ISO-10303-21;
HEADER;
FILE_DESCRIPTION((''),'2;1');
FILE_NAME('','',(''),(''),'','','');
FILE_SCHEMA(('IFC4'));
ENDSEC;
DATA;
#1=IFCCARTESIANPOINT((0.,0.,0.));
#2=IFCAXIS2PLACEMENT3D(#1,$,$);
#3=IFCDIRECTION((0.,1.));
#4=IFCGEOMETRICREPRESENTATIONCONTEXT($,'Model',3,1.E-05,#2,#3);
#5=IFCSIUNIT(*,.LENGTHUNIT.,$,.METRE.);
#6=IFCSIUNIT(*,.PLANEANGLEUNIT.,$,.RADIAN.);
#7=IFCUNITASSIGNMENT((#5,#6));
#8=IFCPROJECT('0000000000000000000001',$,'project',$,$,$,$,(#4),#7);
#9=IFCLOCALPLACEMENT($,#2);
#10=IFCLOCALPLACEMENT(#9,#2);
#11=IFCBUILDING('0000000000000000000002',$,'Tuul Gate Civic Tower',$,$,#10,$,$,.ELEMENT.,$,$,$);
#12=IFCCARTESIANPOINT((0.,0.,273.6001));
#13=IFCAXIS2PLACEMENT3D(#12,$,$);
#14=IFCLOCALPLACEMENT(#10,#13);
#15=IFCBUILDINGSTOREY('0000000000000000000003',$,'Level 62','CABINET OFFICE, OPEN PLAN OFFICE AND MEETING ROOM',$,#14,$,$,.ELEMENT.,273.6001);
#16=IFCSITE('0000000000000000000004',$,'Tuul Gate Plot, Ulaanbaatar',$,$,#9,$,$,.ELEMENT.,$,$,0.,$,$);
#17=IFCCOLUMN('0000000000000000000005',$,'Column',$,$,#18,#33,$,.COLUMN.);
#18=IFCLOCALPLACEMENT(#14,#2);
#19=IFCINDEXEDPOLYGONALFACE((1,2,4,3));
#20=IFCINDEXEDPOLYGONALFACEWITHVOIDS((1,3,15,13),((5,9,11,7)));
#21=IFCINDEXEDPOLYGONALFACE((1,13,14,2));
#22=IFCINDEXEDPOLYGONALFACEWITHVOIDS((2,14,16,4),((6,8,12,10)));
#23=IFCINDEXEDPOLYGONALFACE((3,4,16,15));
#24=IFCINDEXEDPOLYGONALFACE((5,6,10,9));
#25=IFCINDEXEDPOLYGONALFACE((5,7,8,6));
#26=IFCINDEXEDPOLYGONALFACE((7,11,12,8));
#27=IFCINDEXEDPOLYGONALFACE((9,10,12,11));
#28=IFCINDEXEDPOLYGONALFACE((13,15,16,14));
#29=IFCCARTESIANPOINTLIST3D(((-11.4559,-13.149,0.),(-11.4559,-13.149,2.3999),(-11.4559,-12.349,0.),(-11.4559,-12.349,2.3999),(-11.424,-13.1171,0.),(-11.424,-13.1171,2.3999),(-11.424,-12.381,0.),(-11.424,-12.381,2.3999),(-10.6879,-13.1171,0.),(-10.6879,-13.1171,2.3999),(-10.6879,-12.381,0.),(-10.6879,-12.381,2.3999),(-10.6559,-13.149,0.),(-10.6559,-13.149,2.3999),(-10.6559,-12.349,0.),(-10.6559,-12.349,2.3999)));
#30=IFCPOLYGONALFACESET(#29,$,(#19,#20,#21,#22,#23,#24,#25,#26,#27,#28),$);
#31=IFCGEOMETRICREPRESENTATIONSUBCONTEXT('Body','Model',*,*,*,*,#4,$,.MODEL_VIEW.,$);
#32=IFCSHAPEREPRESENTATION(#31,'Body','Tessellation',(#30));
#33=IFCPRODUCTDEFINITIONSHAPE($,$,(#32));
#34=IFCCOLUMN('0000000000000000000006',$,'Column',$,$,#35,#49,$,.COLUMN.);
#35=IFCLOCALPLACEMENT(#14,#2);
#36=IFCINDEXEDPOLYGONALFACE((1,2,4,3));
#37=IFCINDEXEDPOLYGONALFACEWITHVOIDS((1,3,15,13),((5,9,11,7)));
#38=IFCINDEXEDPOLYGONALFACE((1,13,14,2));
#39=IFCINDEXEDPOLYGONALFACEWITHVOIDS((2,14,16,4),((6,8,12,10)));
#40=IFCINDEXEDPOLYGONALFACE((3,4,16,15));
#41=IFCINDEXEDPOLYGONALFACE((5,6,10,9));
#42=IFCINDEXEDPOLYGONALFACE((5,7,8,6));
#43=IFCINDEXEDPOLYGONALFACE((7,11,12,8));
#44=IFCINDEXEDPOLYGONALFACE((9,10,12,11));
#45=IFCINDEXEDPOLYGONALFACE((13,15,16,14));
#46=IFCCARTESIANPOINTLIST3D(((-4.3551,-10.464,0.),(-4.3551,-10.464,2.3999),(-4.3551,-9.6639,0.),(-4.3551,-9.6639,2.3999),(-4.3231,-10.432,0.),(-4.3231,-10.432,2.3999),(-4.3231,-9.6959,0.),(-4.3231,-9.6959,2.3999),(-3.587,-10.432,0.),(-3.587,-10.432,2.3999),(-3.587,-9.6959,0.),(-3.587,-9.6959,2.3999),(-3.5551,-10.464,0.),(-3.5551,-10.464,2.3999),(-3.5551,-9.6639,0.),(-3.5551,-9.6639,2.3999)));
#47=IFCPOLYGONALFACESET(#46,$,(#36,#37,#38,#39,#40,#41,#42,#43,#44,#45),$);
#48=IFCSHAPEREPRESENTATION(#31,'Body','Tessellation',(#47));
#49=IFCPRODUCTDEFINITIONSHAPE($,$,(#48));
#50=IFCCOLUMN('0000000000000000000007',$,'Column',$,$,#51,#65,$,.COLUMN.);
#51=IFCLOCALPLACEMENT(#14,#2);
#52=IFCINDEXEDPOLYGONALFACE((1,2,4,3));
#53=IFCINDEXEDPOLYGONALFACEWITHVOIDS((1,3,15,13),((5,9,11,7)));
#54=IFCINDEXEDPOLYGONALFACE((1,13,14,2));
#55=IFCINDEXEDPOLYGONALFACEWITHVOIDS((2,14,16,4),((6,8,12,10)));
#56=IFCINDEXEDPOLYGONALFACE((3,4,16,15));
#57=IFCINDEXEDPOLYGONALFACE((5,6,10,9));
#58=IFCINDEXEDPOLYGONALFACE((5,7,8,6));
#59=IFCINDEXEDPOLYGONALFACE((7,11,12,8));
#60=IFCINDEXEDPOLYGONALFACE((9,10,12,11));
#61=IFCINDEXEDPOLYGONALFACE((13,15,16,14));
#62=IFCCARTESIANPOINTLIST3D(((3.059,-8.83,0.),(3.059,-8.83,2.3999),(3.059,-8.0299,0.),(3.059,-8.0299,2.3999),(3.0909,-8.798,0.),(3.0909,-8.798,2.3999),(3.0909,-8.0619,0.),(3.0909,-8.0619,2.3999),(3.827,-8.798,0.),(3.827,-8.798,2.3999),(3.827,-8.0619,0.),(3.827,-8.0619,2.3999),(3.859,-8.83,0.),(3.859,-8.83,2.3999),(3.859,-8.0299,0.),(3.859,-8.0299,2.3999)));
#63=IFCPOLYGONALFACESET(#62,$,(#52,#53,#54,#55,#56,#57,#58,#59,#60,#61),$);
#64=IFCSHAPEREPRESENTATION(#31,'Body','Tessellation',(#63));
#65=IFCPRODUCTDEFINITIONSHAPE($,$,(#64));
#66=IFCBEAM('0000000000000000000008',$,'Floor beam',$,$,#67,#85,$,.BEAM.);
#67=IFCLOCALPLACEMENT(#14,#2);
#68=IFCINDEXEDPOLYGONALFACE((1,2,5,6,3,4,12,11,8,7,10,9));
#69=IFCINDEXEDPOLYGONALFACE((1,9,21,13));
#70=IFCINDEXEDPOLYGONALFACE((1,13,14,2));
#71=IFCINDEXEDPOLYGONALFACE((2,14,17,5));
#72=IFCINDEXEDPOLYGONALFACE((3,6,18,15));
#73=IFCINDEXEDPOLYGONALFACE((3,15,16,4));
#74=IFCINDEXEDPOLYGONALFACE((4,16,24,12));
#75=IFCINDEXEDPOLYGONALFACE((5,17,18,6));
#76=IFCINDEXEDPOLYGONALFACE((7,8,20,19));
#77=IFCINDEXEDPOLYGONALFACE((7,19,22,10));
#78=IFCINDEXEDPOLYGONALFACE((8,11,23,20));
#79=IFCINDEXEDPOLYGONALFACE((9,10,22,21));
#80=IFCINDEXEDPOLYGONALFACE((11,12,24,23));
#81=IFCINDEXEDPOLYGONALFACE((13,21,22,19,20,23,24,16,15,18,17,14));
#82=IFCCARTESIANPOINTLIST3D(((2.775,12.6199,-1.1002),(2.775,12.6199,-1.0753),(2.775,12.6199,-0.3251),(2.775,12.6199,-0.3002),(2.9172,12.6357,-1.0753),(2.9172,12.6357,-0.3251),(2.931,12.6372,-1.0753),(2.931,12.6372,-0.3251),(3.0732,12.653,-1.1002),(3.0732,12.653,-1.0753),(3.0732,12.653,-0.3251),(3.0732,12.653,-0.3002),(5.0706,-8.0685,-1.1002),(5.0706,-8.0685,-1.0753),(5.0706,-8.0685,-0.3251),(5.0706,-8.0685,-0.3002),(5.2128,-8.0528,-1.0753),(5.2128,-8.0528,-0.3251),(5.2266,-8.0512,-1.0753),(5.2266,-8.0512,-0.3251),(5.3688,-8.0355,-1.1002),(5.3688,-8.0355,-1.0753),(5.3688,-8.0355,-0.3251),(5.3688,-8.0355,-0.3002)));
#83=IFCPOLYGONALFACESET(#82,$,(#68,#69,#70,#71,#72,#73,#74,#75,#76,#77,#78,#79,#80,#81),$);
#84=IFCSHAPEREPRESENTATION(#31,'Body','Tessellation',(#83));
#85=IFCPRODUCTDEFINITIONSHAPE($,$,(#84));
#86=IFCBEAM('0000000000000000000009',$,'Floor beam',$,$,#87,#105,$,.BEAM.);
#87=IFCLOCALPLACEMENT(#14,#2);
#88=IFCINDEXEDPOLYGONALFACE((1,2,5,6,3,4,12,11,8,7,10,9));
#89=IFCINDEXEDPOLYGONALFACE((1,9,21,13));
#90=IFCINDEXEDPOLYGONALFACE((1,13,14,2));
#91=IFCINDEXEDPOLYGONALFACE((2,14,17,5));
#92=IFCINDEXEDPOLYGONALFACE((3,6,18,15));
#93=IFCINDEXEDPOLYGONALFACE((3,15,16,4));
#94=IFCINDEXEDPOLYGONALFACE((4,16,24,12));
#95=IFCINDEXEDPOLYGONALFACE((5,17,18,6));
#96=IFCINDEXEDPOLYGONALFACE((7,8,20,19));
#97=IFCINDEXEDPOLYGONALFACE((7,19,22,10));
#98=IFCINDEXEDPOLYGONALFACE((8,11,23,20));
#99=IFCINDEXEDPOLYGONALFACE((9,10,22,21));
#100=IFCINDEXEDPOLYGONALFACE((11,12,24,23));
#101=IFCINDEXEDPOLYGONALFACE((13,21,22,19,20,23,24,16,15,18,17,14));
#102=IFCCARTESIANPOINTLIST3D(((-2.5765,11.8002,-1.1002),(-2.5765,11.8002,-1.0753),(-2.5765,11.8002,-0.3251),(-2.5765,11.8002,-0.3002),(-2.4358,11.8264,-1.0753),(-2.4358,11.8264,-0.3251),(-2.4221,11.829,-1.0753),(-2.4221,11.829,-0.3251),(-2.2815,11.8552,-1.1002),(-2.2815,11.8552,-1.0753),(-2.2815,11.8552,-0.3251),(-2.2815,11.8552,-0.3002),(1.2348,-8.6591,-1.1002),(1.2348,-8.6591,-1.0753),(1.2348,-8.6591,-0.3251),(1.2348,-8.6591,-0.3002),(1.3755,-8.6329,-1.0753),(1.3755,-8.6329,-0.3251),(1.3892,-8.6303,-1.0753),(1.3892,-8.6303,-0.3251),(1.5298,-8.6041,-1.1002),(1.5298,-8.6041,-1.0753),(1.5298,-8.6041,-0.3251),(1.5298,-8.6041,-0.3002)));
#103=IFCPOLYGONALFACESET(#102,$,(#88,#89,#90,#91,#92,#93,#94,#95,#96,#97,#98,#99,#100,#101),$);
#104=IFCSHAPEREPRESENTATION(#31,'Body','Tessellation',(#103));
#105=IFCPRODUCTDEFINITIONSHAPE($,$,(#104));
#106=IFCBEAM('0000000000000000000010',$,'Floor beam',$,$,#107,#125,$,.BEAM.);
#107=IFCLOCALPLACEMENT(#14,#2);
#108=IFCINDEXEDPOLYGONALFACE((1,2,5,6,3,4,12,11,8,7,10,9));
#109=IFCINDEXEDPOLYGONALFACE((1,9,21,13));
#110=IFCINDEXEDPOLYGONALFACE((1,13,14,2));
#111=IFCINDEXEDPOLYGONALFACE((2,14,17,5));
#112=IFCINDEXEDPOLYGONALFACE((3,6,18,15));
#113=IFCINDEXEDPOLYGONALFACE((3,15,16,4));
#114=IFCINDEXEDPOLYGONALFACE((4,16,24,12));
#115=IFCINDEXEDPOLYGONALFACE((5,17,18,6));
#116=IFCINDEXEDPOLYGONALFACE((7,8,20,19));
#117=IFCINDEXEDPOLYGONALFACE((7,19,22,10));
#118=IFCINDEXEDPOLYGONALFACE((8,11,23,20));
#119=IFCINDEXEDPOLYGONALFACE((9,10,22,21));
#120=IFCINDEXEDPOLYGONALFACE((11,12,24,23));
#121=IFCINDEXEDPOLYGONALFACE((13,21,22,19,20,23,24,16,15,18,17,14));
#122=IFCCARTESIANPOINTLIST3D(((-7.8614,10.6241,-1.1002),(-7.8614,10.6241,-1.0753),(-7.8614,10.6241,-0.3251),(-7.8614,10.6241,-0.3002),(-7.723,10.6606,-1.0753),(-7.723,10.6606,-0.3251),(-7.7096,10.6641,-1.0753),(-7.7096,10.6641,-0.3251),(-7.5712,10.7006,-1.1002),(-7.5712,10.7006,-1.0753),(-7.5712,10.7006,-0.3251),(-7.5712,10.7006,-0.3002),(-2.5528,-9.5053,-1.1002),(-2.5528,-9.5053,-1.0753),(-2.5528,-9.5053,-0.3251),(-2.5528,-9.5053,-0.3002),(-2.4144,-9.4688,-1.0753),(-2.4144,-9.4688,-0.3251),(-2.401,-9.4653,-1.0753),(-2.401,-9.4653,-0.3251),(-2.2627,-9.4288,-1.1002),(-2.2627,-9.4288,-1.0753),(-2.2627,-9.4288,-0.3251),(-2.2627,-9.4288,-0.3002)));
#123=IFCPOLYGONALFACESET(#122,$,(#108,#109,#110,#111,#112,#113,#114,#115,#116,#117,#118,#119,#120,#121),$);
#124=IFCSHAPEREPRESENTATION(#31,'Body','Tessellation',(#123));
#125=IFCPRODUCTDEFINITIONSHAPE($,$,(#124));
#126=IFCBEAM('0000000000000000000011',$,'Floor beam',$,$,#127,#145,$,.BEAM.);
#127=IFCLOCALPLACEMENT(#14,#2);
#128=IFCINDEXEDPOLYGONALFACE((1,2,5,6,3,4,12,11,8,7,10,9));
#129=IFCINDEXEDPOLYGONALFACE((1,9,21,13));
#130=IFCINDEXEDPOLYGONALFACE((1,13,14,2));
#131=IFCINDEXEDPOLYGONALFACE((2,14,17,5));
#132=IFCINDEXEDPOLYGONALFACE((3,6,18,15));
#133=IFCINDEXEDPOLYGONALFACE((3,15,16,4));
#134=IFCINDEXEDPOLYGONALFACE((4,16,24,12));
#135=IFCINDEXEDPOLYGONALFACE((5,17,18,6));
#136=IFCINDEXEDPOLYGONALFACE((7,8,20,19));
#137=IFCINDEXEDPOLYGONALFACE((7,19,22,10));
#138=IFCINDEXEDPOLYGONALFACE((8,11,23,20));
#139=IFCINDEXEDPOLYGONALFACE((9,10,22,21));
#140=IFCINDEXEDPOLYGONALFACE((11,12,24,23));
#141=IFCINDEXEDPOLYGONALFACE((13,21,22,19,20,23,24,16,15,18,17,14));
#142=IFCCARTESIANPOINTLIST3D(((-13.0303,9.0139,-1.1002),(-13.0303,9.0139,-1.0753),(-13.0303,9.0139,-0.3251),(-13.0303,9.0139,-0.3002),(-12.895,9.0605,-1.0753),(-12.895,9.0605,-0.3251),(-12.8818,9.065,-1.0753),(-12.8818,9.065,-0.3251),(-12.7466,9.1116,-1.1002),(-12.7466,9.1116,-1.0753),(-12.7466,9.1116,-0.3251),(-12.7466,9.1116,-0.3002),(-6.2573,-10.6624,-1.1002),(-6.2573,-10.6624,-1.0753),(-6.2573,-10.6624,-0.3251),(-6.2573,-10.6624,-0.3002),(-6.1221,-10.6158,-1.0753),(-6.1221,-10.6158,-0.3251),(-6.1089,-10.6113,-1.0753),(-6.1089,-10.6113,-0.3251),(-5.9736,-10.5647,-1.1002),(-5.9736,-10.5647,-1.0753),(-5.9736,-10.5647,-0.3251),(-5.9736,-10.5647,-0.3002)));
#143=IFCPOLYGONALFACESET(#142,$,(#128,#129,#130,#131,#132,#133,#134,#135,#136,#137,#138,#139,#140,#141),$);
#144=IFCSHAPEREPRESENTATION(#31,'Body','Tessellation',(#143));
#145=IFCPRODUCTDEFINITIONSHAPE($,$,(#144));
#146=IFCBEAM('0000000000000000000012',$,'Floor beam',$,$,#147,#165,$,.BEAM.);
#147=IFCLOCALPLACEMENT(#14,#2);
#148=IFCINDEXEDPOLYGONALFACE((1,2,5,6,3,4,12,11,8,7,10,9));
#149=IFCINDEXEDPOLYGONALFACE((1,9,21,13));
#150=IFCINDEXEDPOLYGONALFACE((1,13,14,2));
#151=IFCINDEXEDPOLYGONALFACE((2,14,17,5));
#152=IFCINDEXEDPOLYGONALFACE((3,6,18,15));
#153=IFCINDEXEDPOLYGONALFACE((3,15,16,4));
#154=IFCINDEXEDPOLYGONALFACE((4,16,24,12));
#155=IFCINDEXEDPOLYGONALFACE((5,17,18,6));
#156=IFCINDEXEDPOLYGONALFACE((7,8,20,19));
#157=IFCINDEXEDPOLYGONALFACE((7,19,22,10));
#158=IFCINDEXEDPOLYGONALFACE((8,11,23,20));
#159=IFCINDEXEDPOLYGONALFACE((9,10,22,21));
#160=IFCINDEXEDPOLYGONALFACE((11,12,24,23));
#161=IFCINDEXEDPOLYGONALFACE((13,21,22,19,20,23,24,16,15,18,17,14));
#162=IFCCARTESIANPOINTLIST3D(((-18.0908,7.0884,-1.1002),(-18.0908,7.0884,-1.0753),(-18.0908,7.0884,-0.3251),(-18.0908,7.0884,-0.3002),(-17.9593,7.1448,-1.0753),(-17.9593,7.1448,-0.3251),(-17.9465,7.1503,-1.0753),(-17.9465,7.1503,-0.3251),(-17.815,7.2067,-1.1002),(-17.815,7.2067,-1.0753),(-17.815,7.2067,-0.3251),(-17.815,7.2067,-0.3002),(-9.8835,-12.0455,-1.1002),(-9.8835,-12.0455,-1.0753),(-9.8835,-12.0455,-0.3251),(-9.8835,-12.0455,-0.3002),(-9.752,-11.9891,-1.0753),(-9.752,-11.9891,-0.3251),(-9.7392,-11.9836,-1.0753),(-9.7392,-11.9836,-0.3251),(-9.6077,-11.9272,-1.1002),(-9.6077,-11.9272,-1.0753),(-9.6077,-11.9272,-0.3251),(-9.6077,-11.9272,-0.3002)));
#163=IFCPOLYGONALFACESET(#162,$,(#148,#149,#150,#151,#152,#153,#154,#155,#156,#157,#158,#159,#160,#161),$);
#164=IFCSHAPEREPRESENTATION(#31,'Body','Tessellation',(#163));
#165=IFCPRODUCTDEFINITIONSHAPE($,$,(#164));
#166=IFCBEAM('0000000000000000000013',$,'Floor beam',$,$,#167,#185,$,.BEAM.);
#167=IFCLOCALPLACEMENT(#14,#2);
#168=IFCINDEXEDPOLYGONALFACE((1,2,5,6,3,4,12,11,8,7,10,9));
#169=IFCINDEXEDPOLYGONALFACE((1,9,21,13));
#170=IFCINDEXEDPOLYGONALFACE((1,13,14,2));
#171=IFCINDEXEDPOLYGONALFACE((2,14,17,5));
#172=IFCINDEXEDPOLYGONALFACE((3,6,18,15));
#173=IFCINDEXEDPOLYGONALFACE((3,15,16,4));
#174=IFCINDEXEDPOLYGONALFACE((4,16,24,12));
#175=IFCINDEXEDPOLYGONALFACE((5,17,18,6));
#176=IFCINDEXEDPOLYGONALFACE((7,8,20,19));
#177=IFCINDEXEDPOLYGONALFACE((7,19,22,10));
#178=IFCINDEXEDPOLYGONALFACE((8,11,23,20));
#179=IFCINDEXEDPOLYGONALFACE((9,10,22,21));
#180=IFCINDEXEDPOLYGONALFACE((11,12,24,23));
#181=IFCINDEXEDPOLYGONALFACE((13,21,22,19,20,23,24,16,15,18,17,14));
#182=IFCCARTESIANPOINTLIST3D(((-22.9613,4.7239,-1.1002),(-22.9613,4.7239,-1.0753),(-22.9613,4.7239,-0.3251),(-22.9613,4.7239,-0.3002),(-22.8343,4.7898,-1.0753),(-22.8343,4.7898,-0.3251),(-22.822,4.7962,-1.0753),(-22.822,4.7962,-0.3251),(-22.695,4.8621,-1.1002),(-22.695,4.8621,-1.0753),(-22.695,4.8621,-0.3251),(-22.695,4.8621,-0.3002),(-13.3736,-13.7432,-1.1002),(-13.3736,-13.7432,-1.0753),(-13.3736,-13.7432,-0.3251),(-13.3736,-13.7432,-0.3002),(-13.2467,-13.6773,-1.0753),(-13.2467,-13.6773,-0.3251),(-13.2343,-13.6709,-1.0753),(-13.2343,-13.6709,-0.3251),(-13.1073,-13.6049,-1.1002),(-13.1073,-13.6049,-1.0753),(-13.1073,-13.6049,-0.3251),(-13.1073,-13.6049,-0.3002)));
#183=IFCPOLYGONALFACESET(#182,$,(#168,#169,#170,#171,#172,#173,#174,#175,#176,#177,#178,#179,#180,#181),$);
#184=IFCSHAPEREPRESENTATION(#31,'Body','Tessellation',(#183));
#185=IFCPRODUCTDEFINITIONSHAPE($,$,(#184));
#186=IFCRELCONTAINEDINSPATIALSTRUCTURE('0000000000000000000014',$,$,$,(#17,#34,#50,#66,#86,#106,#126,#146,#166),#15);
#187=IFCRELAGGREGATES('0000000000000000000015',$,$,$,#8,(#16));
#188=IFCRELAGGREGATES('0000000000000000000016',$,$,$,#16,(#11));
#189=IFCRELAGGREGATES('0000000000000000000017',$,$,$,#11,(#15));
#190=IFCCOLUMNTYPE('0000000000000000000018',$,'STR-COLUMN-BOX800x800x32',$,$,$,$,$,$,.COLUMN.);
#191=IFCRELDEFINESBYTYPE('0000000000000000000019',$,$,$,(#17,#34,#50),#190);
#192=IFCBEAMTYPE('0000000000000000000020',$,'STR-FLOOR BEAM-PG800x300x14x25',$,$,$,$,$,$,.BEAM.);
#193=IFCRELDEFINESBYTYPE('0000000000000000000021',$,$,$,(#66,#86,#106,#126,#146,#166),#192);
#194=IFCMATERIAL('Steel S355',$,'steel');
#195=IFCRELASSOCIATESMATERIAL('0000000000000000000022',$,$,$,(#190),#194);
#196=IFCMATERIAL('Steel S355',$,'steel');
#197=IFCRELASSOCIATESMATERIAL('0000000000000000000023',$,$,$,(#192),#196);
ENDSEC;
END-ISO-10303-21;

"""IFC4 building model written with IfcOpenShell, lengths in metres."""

from ifc_helpers import new_model, si_unit, direction, frame, origin, origin_2d, place, context, subcontext, project, spatial, hollow_rectangle, i_section, extrude, material, material_profile, profile_set, type_object, element, save


model = new_model("IFC4")

# Units and contexts
model_context = context("Model", 3, precision=1e-05, world=origin(), true_north=direction((0.0, 1.0)))
body_context = subcontext(model_context, "Body", "Model", "MODEL_VIEW")
ifc_project = project(units=[si_unit("LENGTHUNIT", "METRE"), si_unit("PLANEANGLEUNIT", "RADIAN")], contexts=[model_context])

# Site, building, storey
site_placement = place(None, origin())
site = spatial("IfcSite", under=ifc_project, at=site_placement, Name="Tuul Gate Plot, Ulaanbaatar", CompositionType="ELEMENT", RefElevation=0.0)
building_placement = place(site_placement, origin())
building = spatial("IfcBuilding", under=site, at=building_placement, Name="Tuul Gate Civic Tower", CompositionType="ELEMENT")
storey_placement = place(building_placement, frame((0.0, 0.0, 273.6001)))
storey = spatial("IfcBuildingStorey", under=building, at=storey_placement, Name="Level 62", Description="CABINET OFFICE, OPEN PLAN OFFICE AND MEETING ROOM", CompositionType="ELEMENT", Elevation=273.6001)

# Columns
ifc_material_1 = material(Name="Steel S355", Category="steel")
ifc_material_profile_1 = material_profile(ifc_material_1, hollow_rectangle(XDim=0.8, YDim=0.8, WallThickness=0.032, at=origin_2d()), Name="BOX800x800x32")
ifc_profile_set_1 = profile_set([ifc_material_profile_1], Name="Steel S355")
column_type = type_object("IfcColumnType", Name="STR-COLUMN-BOX800x800x32", PredefinedType="COLUMN", material=ifc_profile_set_1)
for number, where, z_axis, x_axis, name in (
    (1, (-11.0559, -12.749, 0.0), (0.0, 0.0, 1.0), (1.0, 0.0, 0.0), "Column"),
    (2, (-3.9551, -10.064, 0.0), (0.0, 0.0, 1.0), (1.0, 0.0, 0.0), "Column"),
    (3, (3.459, -8.4299, 0.0), (0.0, 0.0, 1.0), (1.0, 0.0, 0.0), "Column"),
):
    element("IfcColumn", number, at=place(storey_placement, frame(where, z_axis=z_axis, x_axis=x_axis)), inside=storey, type_object=column_type, Name=name, PredefinedType="COLUMN", context=body_context, shape_type="SweptSolid", body=[
        extrude(hollow_rectangle(XDim=0.8, YDim=0.8, WallThickness=0.032, at=origin_2d()), origin(), (0.0, 0.0, 1.0), 2.3999),
    ])

# Beams
ifc_material_2 = material(Name="Steel S355", Category="steel")
ifc_material_profile_2 = material_profile(ifc_material_2, i_section(OverallWidth=0.3, OverallDepth=0.8, WebThickness=0.0139, FlangeThickness=0.0249, at=origin_2d()), Name="PG800x300x14x25")
ifc_profile_set_2 = profile_set([ifc_material_profile_2], Name="Steel S355")
beam_type_1 = type_object("IfcBeamType", Name="STR-FLOOR BEAM-PG800x300x14x25", PredefinedType="BEAM", material=ifc_profile_set_2)
beam_1_placement = place(storey_placement, frame((5.2197, -8.052, -0.7002), z_axis=(-0.110286, 0.9939, 0.0), x_axis=(-0.9939, -0.110286, 0.0)))
element("IfcBeam", 4, at=beam_1_placement, inside=storey, type_object=beam_type_1, Name="Floor beam", PredefinedType="BEAM", context=body_context, shape_type="SweptSolid", body=[
    extrude(i_section(OverallWidth=0.3, OverallDepth=0.8, WebThickness=0.0139, FlangeThickness=0.0249, at=origin_2d()), origin(), (0.0, 0.0, 1.0), 20.8154),
])
beam_2_placement = place(storey_placement, frame((1.3823, -8.6316, -0.7002), z_axis=(-0.183136, 0.983088, 0.0), x_axis=(-0.983088, -0.183136, 0.0)))
element("IfcBeam", 5, at=beam_2_placement, inside=storey, type_object=beam_type_1, Name="Floor beam", PredefinedType="BEAM", context=body_context, shape_type="SweptSolid", body=[
    extrude(i_section(OverallWidth=0.3, OverallDepth=0.8, WebThickness=0.0139, FlangeThickness=0.0249, at=origin_2d()), origin(), (0.0, 0.0, 1.0), 20.8113),
])
beam_3_placement = place(storey_placement, frame((-2.4077, -9.467, -0.7002), z_axis=(-0.255005, 0.96694, 0.0), x_axis=(-0.96694, -0.255005, 0.0)))
element("IfcBeam", 6, at=beam_3_placement, inside=storey, type_object=beam_type_1, Name="Floor beam", PredefinedType="BEAM", context=body_context, shape_type="SweptSolid", body=[
    extrude(i_section(OverallWidth=0.3, OverallDepth=0.8, WebThickness=0.0139, FlangeThickness=0.0249, at=origin_2d()), origin(), (0.0, 0.0, 1.0), 20.8176),
])
beam_4_placement = place(storey_placement, frame((-6.1155, -10.6135, -0.7002), z_axis=(-0.325476, 0.94555, 0.0), x_axis=(-0.94555, -0.325476, 0.0)))
element("IfcBeam", 7, at=beam_4_placement, inside=storey, type_object=beam_type_1, Name="Floor beam", PredefinedType="BEAM", context=body_context, shape_type="SweptSolid", body=[
    extrude(i_section(OverallWidth=0.3, OverallDepth=0.8, WebThickness=0.0139, FlangeThickness=0.0249, at=origin_2d()), origin(), (0.0, 0.0, 1.0), 20.8093),
])
beam_5_placement = place(storey_placement, frame((-9.7456, -11.9863, -0.7002), z_axis=(-0.394207, 0.919022, 0.0), x_axis=(-0.919022, -0.394207, 0.0)))
element("IfcBeam", 8, at=beam_5_placement, inside=storey, type_object=beam_type_1, Name="Floor beam", PredefinedType="BEAM", context=body_context, shape_type="SweptSolid", body=[
    extrude(i_section(OverallWidth=0.3, OverallDepth=0.8, WebThickness=0.0139, FlangeThickness=0.0249, at=origin_2d()), origin(), (0.0, 0.0, 1.0), 20.8198),
])
beam_6_placement = place(storey_placement, frame((-13.2405, -13.6741, -0.7002), z_axis=(-0.460777, 0.887516, 0.0), x_axis=(-0.887516, -0.460777, 0.0)))
element("IfcBeam", 9, at=beam_6_placement, inside=storey, type_object=beam_type_1, Name="Floor beam", PredefinedType="BEAM", context=body_context, shape_type="SweptSolid", body=[
    extrude(i_section(OverallWidth=0.3, OverallDepth=0.8, WebThickness=0.0139, FlangeThickness=0.0249, at=origin_2d()), origin(), (0.0, 0.0, 1.0), 20.8076),
])

save(model, "model.ifc")
